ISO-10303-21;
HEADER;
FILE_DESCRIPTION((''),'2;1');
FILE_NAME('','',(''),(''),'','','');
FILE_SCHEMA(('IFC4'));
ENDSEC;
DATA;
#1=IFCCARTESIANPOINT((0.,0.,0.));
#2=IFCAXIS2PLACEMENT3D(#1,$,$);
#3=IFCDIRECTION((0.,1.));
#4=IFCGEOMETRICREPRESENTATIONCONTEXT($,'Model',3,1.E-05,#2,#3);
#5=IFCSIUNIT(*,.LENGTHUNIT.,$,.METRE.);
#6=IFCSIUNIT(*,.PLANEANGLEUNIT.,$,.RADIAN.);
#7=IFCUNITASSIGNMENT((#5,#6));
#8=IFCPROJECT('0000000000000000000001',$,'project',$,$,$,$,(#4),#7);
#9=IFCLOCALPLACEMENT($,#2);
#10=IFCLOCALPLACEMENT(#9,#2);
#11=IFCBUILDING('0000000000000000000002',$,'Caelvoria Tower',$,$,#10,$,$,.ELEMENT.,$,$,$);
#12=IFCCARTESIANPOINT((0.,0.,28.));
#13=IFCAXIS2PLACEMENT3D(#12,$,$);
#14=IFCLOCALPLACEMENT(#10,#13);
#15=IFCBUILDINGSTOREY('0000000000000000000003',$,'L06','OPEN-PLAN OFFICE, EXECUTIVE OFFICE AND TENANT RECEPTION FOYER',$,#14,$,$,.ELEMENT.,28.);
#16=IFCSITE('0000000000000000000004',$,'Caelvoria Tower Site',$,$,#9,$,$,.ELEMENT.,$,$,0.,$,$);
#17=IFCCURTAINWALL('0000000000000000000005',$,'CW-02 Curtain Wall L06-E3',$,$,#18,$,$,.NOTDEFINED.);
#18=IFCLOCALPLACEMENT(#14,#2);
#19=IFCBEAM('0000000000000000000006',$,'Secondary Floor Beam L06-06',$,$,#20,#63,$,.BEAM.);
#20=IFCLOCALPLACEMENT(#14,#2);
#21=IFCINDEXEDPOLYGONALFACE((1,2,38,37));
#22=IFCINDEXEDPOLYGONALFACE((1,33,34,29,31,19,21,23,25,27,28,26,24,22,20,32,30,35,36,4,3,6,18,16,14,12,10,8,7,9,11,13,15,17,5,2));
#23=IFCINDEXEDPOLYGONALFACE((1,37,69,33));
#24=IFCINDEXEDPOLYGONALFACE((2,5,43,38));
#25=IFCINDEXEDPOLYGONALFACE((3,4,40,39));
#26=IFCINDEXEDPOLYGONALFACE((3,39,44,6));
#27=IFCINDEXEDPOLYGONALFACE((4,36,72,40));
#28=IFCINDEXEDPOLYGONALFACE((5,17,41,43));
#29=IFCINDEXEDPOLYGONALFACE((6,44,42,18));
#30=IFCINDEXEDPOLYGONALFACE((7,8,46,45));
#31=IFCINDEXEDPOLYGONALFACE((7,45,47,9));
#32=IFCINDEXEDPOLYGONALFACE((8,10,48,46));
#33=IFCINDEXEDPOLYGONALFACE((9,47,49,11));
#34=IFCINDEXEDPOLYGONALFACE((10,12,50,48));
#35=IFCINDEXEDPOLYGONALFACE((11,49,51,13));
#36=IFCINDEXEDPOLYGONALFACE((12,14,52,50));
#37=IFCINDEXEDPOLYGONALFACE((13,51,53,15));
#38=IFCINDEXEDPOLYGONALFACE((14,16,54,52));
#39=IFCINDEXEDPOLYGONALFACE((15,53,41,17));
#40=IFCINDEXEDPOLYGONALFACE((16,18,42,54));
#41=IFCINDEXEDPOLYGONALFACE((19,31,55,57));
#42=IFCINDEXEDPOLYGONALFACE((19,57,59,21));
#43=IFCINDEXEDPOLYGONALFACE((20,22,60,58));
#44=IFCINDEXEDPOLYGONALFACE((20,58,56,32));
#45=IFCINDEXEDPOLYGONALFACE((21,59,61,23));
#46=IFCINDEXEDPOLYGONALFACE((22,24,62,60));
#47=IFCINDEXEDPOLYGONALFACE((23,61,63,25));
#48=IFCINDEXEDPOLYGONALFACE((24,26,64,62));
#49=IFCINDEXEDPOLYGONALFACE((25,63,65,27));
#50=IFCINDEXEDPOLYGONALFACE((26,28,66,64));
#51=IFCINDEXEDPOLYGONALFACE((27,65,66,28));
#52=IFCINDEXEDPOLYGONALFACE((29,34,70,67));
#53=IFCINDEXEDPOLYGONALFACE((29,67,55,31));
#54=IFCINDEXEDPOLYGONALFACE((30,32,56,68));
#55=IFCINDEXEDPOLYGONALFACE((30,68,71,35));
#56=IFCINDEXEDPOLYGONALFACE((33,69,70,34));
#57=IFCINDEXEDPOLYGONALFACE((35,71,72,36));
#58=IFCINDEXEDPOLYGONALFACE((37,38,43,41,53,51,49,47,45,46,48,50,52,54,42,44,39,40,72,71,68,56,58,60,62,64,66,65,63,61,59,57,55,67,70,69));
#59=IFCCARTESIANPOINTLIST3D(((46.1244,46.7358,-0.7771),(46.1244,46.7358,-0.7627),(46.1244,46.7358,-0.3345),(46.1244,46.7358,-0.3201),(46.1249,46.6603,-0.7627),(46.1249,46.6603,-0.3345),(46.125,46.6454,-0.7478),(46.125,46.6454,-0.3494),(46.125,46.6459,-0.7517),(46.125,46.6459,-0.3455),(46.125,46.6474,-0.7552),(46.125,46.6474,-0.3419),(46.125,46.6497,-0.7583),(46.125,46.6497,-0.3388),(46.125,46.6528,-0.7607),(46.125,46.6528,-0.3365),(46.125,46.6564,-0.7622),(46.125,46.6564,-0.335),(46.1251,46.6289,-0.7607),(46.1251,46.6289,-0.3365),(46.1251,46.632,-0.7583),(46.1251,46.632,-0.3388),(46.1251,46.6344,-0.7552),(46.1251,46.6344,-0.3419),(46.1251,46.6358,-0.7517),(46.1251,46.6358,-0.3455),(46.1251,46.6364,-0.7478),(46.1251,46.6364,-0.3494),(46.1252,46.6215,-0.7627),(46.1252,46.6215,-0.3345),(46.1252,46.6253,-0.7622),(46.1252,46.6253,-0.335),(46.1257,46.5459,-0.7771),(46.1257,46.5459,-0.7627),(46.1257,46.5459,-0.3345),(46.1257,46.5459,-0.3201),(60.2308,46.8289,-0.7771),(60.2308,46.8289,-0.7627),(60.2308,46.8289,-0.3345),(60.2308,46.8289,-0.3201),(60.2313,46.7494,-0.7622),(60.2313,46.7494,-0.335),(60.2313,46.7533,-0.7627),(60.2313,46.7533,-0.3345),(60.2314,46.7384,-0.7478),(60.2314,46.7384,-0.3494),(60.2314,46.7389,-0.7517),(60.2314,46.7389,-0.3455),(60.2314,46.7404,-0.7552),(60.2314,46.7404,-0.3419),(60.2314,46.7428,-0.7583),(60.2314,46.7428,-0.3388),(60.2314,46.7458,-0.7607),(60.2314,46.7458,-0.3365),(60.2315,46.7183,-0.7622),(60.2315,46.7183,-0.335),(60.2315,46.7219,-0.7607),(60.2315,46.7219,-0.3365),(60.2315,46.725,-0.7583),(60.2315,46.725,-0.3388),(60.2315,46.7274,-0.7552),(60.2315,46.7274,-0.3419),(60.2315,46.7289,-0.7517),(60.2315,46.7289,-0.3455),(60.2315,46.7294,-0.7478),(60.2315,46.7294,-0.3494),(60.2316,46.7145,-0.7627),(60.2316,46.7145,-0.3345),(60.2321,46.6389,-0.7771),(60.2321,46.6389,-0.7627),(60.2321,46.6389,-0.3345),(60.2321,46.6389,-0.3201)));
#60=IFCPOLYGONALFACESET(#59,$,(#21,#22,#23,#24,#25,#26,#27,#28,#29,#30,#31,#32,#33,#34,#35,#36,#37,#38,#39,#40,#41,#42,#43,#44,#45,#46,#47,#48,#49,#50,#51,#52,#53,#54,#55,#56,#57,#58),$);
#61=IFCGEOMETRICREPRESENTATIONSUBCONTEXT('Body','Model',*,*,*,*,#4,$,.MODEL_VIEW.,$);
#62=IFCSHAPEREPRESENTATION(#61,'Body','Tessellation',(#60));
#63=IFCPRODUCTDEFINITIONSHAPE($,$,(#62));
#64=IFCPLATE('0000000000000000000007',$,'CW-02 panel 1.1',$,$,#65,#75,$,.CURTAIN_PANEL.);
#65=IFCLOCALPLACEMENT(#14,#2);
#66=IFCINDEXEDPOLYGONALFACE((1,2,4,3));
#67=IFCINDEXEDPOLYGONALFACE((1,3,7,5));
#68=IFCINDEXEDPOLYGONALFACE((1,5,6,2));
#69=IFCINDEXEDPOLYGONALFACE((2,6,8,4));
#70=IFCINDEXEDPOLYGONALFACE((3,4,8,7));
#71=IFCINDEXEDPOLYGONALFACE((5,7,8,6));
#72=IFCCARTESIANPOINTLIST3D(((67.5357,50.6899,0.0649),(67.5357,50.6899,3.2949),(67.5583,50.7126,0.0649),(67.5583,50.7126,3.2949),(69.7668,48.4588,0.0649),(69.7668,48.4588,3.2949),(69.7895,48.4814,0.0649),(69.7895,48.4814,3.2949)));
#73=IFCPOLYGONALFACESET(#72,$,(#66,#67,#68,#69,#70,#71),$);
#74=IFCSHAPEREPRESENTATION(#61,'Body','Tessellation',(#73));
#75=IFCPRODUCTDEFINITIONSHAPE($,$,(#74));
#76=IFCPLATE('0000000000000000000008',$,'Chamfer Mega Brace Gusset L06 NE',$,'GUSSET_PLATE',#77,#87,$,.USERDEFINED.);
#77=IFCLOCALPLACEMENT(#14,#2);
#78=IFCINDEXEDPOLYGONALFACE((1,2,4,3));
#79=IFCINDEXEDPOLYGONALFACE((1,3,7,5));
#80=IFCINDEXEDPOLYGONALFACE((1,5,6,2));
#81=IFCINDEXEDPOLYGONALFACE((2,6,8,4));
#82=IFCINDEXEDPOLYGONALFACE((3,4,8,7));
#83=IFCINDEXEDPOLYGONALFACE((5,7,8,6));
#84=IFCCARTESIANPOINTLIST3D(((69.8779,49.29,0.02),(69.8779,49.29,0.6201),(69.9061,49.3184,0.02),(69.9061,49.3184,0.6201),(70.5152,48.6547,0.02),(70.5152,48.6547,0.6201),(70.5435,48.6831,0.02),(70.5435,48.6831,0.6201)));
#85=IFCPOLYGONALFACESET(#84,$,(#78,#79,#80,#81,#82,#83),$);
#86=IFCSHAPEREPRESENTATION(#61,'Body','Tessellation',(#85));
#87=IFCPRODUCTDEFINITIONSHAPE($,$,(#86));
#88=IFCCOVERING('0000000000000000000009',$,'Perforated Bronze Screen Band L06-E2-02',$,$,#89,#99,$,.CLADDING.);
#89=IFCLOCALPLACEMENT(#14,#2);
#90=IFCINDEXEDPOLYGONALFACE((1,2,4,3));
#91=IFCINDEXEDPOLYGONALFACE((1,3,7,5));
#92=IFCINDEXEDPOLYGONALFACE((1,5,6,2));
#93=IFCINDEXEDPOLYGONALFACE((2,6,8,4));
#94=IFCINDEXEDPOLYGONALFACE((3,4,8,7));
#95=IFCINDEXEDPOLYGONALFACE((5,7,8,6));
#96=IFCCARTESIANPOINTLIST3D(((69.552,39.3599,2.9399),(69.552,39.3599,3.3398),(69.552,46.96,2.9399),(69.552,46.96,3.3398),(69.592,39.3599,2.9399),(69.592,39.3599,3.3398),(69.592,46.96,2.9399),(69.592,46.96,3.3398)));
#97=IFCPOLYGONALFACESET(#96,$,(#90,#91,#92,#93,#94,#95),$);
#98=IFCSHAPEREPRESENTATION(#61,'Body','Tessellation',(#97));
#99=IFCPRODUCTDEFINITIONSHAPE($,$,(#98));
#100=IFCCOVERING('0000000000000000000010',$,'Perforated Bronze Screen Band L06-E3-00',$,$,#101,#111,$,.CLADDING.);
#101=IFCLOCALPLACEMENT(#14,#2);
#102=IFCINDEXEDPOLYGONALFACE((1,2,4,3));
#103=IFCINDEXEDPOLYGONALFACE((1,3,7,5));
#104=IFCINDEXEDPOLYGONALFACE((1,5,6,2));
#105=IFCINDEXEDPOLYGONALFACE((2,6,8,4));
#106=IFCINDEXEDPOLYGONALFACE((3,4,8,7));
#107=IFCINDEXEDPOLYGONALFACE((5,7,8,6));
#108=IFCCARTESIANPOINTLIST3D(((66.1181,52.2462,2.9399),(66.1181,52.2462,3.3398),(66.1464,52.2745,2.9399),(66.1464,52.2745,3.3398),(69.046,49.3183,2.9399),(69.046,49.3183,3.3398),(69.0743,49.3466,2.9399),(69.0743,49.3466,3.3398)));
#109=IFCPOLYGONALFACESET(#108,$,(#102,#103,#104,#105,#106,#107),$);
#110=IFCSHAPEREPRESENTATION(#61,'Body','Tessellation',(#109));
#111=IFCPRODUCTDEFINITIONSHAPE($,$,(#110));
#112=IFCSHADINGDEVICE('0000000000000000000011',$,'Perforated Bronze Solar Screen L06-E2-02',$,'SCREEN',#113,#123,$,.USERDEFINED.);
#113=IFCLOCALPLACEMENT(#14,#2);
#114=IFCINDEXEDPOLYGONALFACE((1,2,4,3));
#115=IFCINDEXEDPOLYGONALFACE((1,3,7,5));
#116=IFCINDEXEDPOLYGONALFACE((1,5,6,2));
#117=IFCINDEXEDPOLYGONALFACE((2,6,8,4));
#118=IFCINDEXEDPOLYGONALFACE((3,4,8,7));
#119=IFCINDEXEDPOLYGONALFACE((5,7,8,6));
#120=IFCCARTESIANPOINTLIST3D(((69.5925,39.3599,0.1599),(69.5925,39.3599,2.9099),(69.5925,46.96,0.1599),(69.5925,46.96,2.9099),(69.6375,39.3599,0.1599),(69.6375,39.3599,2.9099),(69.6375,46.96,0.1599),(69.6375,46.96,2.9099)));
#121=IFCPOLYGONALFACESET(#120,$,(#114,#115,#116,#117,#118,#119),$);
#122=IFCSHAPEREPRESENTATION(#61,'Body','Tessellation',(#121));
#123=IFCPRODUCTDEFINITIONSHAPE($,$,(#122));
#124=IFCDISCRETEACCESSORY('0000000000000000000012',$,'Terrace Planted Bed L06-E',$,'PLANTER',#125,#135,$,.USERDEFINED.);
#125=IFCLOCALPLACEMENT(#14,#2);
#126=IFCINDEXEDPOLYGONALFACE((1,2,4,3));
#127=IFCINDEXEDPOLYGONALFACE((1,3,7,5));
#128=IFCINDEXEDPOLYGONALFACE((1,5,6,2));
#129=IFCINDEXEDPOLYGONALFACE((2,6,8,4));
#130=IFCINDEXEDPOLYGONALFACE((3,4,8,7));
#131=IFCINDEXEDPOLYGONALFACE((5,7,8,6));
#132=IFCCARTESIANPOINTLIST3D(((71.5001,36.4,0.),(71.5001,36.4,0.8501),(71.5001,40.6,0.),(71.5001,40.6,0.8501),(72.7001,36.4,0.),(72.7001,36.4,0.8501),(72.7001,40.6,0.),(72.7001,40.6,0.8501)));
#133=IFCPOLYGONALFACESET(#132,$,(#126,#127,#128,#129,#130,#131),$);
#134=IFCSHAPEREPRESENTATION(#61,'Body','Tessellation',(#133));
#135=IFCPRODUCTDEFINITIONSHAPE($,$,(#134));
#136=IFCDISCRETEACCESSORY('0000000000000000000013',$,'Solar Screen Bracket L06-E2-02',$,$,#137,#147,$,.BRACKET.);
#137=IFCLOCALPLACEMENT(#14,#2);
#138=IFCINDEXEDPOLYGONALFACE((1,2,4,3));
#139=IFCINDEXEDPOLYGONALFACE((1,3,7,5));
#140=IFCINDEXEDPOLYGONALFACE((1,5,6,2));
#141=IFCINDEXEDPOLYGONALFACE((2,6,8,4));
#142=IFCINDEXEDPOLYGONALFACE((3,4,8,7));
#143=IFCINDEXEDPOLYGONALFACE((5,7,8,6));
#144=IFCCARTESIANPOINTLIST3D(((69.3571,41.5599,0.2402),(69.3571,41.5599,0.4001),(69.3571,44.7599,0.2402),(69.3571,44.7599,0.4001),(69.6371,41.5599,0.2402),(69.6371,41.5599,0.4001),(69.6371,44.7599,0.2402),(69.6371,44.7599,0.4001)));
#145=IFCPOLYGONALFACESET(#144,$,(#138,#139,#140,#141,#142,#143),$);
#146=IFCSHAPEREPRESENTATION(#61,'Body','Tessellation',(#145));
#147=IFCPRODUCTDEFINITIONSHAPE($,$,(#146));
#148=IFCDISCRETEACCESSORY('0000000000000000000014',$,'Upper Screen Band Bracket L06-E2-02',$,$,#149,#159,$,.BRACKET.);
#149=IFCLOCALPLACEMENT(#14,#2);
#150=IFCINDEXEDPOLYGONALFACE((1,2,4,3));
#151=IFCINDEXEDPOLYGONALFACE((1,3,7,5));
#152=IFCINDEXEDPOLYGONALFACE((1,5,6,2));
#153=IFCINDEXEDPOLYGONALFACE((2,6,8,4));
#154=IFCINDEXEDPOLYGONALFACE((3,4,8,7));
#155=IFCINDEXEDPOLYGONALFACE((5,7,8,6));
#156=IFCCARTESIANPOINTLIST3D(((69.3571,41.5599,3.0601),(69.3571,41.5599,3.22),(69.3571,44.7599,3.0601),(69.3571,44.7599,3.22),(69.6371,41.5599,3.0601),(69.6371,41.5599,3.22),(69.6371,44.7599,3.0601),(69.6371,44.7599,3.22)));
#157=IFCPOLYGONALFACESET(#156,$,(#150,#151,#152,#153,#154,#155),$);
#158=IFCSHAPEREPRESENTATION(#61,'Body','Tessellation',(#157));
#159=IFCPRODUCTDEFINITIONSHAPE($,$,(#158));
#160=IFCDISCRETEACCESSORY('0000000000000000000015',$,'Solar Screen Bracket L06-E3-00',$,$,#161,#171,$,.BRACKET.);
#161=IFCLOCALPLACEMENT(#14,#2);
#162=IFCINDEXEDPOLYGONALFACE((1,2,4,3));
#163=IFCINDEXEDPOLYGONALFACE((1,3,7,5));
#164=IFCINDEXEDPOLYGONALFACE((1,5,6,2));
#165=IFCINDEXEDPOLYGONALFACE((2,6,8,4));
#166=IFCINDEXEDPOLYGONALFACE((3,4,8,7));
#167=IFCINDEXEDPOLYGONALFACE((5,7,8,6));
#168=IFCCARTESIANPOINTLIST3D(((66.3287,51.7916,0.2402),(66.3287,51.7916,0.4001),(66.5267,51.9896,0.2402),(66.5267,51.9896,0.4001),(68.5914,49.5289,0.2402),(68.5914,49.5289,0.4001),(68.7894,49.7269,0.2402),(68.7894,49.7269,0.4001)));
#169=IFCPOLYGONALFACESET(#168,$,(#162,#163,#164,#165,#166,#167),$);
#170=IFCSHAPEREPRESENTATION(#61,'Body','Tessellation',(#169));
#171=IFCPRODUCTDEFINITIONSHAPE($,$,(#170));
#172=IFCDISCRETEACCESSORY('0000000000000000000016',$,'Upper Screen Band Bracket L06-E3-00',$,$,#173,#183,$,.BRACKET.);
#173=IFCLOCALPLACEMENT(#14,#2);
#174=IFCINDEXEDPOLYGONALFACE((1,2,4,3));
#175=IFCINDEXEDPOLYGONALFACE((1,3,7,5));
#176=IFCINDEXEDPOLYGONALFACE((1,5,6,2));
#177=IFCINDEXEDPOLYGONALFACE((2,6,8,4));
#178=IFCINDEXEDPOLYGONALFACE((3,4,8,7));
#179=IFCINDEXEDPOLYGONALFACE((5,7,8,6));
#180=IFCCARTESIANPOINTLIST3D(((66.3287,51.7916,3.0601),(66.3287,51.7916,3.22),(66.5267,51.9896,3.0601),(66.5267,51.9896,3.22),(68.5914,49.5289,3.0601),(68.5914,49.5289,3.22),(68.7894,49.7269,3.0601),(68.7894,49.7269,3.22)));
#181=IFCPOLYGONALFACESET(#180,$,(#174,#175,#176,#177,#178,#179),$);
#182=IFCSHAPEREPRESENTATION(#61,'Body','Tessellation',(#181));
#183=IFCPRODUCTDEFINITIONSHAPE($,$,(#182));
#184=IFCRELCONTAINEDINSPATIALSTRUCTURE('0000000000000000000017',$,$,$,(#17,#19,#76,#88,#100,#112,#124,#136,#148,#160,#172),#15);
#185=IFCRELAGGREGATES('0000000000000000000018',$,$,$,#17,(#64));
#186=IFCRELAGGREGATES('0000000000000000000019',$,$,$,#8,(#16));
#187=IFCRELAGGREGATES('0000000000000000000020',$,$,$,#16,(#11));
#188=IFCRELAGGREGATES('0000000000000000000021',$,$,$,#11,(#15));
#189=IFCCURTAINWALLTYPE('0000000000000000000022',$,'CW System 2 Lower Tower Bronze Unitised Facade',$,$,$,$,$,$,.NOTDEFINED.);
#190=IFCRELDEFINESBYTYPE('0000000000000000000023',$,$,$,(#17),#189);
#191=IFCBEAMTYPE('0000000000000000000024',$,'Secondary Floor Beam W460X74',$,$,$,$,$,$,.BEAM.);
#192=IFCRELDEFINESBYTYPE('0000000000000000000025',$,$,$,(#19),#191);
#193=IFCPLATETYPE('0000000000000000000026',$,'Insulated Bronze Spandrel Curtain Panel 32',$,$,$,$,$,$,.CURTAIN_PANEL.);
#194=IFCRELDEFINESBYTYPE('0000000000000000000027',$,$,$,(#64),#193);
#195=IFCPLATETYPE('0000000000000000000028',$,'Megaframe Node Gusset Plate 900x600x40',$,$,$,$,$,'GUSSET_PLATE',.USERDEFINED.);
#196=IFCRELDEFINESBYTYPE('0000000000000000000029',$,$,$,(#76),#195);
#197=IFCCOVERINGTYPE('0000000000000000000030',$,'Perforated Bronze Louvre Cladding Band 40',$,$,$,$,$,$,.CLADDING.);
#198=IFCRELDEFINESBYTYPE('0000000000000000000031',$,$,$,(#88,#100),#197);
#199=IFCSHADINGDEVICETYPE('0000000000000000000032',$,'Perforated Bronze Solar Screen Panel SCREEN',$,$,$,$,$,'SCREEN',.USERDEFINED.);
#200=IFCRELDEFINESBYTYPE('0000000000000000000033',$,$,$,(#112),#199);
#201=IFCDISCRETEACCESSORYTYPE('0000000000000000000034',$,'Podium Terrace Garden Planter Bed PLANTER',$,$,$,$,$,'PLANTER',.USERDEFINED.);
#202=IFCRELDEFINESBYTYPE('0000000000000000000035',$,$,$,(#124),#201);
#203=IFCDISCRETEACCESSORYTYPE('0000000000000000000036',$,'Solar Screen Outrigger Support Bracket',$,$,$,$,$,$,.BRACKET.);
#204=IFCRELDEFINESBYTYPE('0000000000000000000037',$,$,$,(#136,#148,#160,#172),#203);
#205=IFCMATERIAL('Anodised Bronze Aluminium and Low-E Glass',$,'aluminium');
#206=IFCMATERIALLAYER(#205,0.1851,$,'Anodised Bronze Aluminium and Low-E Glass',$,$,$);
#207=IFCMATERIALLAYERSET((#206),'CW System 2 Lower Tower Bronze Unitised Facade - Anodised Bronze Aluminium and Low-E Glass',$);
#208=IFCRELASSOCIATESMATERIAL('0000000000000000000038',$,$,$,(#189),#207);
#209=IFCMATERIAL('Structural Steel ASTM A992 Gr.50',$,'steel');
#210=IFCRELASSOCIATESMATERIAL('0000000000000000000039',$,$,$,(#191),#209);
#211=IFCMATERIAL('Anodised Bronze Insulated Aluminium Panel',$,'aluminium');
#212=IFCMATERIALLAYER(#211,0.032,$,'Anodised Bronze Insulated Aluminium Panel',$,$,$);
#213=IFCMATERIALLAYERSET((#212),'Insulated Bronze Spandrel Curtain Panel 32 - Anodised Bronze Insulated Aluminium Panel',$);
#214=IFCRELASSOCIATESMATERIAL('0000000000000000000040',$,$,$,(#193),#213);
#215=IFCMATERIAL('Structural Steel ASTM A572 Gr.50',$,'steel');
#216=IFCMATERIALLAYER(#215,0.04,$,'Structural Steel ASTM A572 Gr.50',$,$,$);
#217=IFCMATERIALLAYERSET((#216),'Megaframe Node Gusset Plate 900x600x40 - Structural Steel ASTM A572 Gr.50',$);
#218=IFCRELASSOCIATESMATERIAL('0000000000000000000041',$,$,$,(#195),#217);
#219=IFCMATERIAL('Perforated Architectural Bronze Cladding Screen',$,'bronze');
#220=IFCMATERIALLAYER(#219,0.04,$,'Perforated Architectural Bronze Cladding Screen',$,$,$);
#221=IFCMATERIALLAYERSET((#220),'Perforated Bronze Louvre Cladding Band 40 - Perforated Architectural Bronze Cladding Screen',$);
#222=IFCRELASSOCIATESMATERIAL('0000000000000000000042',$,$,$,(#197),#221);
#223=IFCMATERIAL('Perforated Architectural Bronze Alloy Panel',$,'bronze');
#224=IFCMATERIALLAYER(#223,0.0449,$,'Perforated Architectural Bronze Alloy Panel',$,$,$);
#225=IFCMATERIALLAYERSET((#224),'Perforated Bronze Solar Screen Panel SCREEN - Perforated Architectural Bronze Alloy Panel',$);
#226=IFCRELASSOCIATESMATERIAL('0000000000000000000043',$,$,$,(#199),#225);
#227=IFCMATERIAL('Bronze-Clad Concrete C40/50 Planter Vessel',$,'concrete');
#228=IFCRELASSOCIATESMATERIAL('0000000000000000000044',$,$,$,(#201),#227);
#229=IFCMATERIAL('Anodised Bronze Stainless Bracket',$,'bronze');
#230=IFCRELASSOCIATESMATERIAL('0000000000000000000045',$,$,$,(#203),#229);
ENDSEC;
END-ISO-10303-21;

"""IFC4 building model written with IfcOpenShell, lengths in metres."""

from ifc_helpers import new_model, si_unit, direction, frame, origin, origin_2d, place, context, subcontext, project, spatial, rectangle, i_section, extrude, material, layer, layer_set, material_profile, profile_set, type_object, element, aggregate, save


model = new_model("IFC4")

# Units and contexts
model_context = context("Model", 3, precision=1e-05, world=origin(), true_north=direction((0.0, 1.0)))
body_context = subcontext(model_context, "Body", "Model", "MODEL_VIEW")
ifc_project = project(units=[si_unit("LENGTHUNIT", "METRE"), si_unit("PLANEANGLEUNIT", "RADIAN")], contexts=[model_context])

# Site, building, storey
site_placement = place(None, origin())
site = spatial("IfcSite", under=ifc_project, at=site_placement, Name="Caelvoria Tower Site", CompositionType="ELEMENT", RefElevation=0.0)
building_placement = place(site_placement, origin())
building = spatial("IfcBuilding", under=site, at=building_placement, Name="Caelvoria Tower", CompositionType="ELEMENT")
storey_placement = place(building_placement, frame((0.0, 0.0, 28.0)))
storey = spatial("IfcBuildingStorey", under=building, at=storey_placement, Name="L06", Description="OPEN-PLAN OFFICE, EXECUTIVE OFFICE AND TENANT RECEPTION FOYER", CompositionType="ELEMENT", Elevation=28.0)

# Shared definitions
ifc_material_1 = material(Name="Structural Steel ASTM A572 Gr.50", Category="steel")

# Curtain wall
ifc_material_2 = material(Name="Anodised Bronze Aluminium and Low-E Glass", Category="aluminium")
ifc_layer_1 = layer(ifc_material_2, 0.1851, Name="Anodised Bronze Aluminium and Low-E Glass")
ifc_layer_set_1 = layer_set([ifc_layer_1], Name="CW System 2 Lower Tower Bronze Unitised Facade - Anodised Bronze Aluminium and Low-E Glass")
curtain_wall_type = type_object("IfcCurtainWallType", Name="CW System 2 Lower Tower Bronze Unitised Facade", PredefinedType="NOTDEFINED", material=ifc_layer_set_1)
curtain_wall_placement = place(storey_placement, origin())
curtain_wall = element("IfcCurtainWall", 1, at=curtain_wall_placement, inside=storey, type_object=curtain_wall_type, Name="CW-02 Curtain Wall L06-E3", PredefinedType="NOTDEFINED")

# Beam
ifc_material_3 = material(Name="Structural Steel ASTM A992 Gr.50", Category="steel")
ifc_material_profile_1 = material_profile(ifc_material_3, i_section(OverallWidth=0.1899, OverallDepth=0.457, WebThickness=0.009, FlangeThickness=0.0144, FilletRadius=0.0149, at=origin_2d()), Name="Structural Steel ASTM A992 Gr.50")
ifc_profile_set_1 = profile_set([ifc_material_profile_1], Name="W460X74 - Structural Steel ASTM A992 Gr.50")
beam_type_1 = type_object("IfcBeamType", Name="Secondary Floor Beam W460X74", PredefinedType="BEAM", material=ifc_profile_set_1)
beam_1_placement = place(storey_placement, frame((60.2314, 46.7339, -0.5486), z_axis=(-0.999978, -0.006594, 0.0), x_axis=(0.006594, -0.999978, 0.0)))
element("IfcBeam", 2, at=beam_1_placement, inside=storey, type_object=beam_type_1, Name="Secondary Floor Beam L06-06", PredefinedType="BEAM", context=body_context, shape_type="SweptSolid", body=[
    extrude(i_section(OverallWidth=0.1899, OverallDepth=0.457, WebThickness=0.009, FlangeThickness=0.0144, FilletRadius=0.0149, at=origin_2d()), origin(), (0.0, 0.0, 1.0), 14.1067),
])

# Plates
ifc_material_4 = material(Name="Anodised Bronze Insulated Aluminium Panel", Category="aluminium")
ifc_layer_2 = layer(ifc_material_4, 0.032, Name="Anodised Bronze Insulated Aluminium Panel")
ifc_layer_set_2 = layer_set([ifc_layer_2], Name="Insulated Bronze Spandrel Curtain Panel 32 - Anodised Bronze Insulated Aluminium Panel")
plate_type_1 = type_object("IfcPlateType", Name="Insulated Bronze Spandrel Curtain Panel 32", PredefinedType="CURTAIN_PANEL", material=ifc_layer_set_2)
plate_1_placement = place(storey_placement, frame((68.6626, 49.5857, 0.0649), z_axis=(0.0, 0.0, 1.0), x_axis=(-0.707107, 0.707107, 0.0)))
plate_1 = element("IfcPlate", 3, at=plate_1_placement, type_object=plate_type_1, Name="CW-02 panel 1.1", PredefinedType="CURTAIN_PANEL", context=body_context, shape_type="SweptSolid", body=[
    extrude(rectangle(XDim=3.1553, YDim=0.032, at=origin_2d()), origin(), (0.0, 0.0, 1.0), 3.23),
])
aggregate(curtain_wall, [plate_1])
ifc_layer_3 = layer(ifc_material_1, 0.04, Name="Structural Steel ASTM A572 Gr.50")
ifc_layer_set_3 = layer_set([ifc_layer_3], Name="Megaframe Node Gusset Plate 900x600x40 - Structural Steel ASTM A572 Gr.50")
plate_type_2 = type_object("IfcPlateType", Name="Megaframe Node Gusset Plate 900x600x40", ElementType="GUSSET_PLATE", PredefinedType="USERDEFINED", material=ifc_layer_set_3)
plate_2_placement = place(storey_placement, frame((70.2107, 48.9866, 0.02), z_axis=(0.0, 0.0, 1.0), x_axis=(-0.708247, 0.705964, 0.0)))
element("IfcPlate", 4, at=plate_2_placement, inside=storey, type_object=plate_type_2, Name="Chamfer Mega Brace Gusset L06 NE", ObjectType="GUSSET_PLATE", PredefinedType="USERDEFINED", context=body_context, shape_type="SweptSolid", body=[
    extrude(rectangle(XDim=0.8999, YDim=0.04, at=origin_2d()), origin(), (0.0, 0.0, 1.0), 0.6001),
])

# Coverings
ifc_material_5 = material(Name="Perforated Architectural Bronze Cladding Screen", Category="bronze")
ifc_layer_4 = layer(ifc_material_5, 0.04, Name="Perforated Architectural Bronze Cladding Screen")
ifc_layer_set_4 = layer_set([ifc_layer_4], Name="Perforated Bronze Louvre Cladding Band 40 - Perforated Architectural Bronze Cladding Screen")
covering_type = type_object("IfcCoveringType", Name="Perforated Bronze Louvre Cladding Band 40", PredefinedType="CLADDING", material=ifc_layer_set_4)
covering_1_placement = place(storey_placement, frame((69.572, 43.1599, 2.9399), z_axis=(0.0, 0.0, 1.0), x_axis=(0.0, 1.0, 0.0)))
element("IfcCovering", 5, at=covering_1_placement, inside=storey, type_object=covering_type, Name="Perforated Bronze Screen Band L06-E2-02", PredefinedType="CLADDING", context=body_context, shape_type="SweptSolid", body=[
    extrude(rectangle(XDim=7.6001, YDim=0.04, at=origin_2d()), origin(), (0.0, 0.0, 1.0), 0.3999),
])
covering_2_placement = place(storey_placement, frame((67.5962, 50.7964, 2.9399), z_axis=(0.0, 0.0, 1.0), x_axis=(-0.707107, 0.707107, 0.0)))
element("IfcCovering", 6, at=covering_2_placement, inside=storey, type_object=covering_type, Name="Perforated Bronze Screen Band L06-E3-00", PredefinedType="CLADDING", context=body_context, shape_type="SweptSolid", body=[
    extrude(rectangle(XDim=4.1406, YDim=0.04, at=origin_2d()), origin(), (0.0, 0.0, 1.0), 0.3999),
])

# Shading device
ifc_material_6 = material(Name="Perforated Architectural Bronze Alloy Panel", Category="bronze")
ifc_layer_5 = layer(ifc_material_6, 0.0449, Name="Perforated Architectural Bronze Alloy Panel")
ifc_layer_set_5 = layer_set([ifc_layer_5], Name="Perforated Bronze Solar Screen Panel SCREEN - Perforated Architectural Bronze Alloy Panel")
shading_device_type = type_object("IfcShadingDeviceType", Name="Perforated Bronze Solar Screen Panel SCREEN", ElementType="SCREEN", PredefinedType="USERDEFINED", material=ifc_layer_set_5)
shading_device_placement = place(storey_placement, frame((69.615, 43.1599, 0.1599), z_axis=(0.0, 0.0, 1.0), x_axis=(0.0, 1.0, 0.0)))
element("IfcShadingDevice", 7, at=shading_device_placement, inside=storey, type_object=shading_device_type, Name="Perforated Bronze Solar Screen L06-E2-02", ObjectType="SCREEN", PredefinedType="USERDEFINED", context=body_context, shape_type="SweptSolid", body=[
    extrude(rectangle(XDim=7.6001, YDim=0.0449, at=origin_2d()), origin(), (0.0, 0.0, 1.0), 2.75),
])

# Discrete accessories
ifc_material_7 = material(Name="Bronze-Clad Concrete C40/50 Planter Vessel", Category="concrete")
discrete_accessory_type_1 = type_object("IfcDiscreteAccessoryType", Name="Podium Terrace Garden Planter Bed PLANTER", ElementType="PLANTER", PredefinedType="USERDEFINED", material=ifc_material_7)
discrete_accessory_placement = place(storey_placement, frame((72.1001, 38.5, 0.0), z_axis=(0.0, 0.0, 1.0), x_axis=(1.0, 0.0, 0.0)))
element("IfcDiscreteAccessory", 8, at=discrete_accessory_placement, inside=storey, type_object=discrete_accessory_type_1, Name="Terrace Planted Bed L06-E", ObjectType="PLANTER", PredefinedType="USERDEFINED", context=body_context, shape_type="SweptSolid", body=[
    extrude(rectangle(XDim=1.2, YDim=4.2, at=origin_2d()), origin(), (0.0, 0.0, 1.0), 0.8501),
])
ifc_material_8 = material(Name="Anodised Bronze Stainless Bracket", Category="bronze")
discrete_accessory_type_2 = type_object("IfcDiscreteAccessoryType", Name="Solar Screen Outrigger Support Bracket", PredefinedType="BRACKET", material=ifc_material_8)
for number, where, z_axis, x_axis, name in (
    (9, (69.4971, 43.1599, 0.2402), (0.0, 0.0, 1.0), (0.0, 1.0, 0.0), "Solar Screen Bracket L06-E2-02"),
    (10, (69.4971, 43.1599, 3.0601), (0.0, 0.0, 1.0), (0.0, 1.0, 0.0), "Upper Screen Band Bracket L06-E2-02"),
    (11, (67.5591, 50.7593, 0.2402), (0.0, 0.0, 1.0), (-0.707107, 0.707107, 0.0), "Solar Screen Bracket L06-E3-00"),
    (12, (67.5591, 50.7593, 3.0601), (0.0, 0.0, 1.0), (-0.707107, 0.707107, 0.0), "Upper Screen Band Bracket L06-E3-00"),
):
    element("IfcDiscreteAccessory", number, at=place(storey_placement, frame(where, z_axis=z_axis, x_axis=x_axis)), inside=storey, type_object=discrete_accessory_type_2, Name=name, PredefinedType="BRACKET", context=body_context, shape_type="SweptSolid", body=[
        extrude(rectangle(XDim=3.2, YDim=0.28, at=origin_2d()), origin(), (0.0, 0.0, 1.0), 0.1599),
    ])

save(model, "model.ifc")
